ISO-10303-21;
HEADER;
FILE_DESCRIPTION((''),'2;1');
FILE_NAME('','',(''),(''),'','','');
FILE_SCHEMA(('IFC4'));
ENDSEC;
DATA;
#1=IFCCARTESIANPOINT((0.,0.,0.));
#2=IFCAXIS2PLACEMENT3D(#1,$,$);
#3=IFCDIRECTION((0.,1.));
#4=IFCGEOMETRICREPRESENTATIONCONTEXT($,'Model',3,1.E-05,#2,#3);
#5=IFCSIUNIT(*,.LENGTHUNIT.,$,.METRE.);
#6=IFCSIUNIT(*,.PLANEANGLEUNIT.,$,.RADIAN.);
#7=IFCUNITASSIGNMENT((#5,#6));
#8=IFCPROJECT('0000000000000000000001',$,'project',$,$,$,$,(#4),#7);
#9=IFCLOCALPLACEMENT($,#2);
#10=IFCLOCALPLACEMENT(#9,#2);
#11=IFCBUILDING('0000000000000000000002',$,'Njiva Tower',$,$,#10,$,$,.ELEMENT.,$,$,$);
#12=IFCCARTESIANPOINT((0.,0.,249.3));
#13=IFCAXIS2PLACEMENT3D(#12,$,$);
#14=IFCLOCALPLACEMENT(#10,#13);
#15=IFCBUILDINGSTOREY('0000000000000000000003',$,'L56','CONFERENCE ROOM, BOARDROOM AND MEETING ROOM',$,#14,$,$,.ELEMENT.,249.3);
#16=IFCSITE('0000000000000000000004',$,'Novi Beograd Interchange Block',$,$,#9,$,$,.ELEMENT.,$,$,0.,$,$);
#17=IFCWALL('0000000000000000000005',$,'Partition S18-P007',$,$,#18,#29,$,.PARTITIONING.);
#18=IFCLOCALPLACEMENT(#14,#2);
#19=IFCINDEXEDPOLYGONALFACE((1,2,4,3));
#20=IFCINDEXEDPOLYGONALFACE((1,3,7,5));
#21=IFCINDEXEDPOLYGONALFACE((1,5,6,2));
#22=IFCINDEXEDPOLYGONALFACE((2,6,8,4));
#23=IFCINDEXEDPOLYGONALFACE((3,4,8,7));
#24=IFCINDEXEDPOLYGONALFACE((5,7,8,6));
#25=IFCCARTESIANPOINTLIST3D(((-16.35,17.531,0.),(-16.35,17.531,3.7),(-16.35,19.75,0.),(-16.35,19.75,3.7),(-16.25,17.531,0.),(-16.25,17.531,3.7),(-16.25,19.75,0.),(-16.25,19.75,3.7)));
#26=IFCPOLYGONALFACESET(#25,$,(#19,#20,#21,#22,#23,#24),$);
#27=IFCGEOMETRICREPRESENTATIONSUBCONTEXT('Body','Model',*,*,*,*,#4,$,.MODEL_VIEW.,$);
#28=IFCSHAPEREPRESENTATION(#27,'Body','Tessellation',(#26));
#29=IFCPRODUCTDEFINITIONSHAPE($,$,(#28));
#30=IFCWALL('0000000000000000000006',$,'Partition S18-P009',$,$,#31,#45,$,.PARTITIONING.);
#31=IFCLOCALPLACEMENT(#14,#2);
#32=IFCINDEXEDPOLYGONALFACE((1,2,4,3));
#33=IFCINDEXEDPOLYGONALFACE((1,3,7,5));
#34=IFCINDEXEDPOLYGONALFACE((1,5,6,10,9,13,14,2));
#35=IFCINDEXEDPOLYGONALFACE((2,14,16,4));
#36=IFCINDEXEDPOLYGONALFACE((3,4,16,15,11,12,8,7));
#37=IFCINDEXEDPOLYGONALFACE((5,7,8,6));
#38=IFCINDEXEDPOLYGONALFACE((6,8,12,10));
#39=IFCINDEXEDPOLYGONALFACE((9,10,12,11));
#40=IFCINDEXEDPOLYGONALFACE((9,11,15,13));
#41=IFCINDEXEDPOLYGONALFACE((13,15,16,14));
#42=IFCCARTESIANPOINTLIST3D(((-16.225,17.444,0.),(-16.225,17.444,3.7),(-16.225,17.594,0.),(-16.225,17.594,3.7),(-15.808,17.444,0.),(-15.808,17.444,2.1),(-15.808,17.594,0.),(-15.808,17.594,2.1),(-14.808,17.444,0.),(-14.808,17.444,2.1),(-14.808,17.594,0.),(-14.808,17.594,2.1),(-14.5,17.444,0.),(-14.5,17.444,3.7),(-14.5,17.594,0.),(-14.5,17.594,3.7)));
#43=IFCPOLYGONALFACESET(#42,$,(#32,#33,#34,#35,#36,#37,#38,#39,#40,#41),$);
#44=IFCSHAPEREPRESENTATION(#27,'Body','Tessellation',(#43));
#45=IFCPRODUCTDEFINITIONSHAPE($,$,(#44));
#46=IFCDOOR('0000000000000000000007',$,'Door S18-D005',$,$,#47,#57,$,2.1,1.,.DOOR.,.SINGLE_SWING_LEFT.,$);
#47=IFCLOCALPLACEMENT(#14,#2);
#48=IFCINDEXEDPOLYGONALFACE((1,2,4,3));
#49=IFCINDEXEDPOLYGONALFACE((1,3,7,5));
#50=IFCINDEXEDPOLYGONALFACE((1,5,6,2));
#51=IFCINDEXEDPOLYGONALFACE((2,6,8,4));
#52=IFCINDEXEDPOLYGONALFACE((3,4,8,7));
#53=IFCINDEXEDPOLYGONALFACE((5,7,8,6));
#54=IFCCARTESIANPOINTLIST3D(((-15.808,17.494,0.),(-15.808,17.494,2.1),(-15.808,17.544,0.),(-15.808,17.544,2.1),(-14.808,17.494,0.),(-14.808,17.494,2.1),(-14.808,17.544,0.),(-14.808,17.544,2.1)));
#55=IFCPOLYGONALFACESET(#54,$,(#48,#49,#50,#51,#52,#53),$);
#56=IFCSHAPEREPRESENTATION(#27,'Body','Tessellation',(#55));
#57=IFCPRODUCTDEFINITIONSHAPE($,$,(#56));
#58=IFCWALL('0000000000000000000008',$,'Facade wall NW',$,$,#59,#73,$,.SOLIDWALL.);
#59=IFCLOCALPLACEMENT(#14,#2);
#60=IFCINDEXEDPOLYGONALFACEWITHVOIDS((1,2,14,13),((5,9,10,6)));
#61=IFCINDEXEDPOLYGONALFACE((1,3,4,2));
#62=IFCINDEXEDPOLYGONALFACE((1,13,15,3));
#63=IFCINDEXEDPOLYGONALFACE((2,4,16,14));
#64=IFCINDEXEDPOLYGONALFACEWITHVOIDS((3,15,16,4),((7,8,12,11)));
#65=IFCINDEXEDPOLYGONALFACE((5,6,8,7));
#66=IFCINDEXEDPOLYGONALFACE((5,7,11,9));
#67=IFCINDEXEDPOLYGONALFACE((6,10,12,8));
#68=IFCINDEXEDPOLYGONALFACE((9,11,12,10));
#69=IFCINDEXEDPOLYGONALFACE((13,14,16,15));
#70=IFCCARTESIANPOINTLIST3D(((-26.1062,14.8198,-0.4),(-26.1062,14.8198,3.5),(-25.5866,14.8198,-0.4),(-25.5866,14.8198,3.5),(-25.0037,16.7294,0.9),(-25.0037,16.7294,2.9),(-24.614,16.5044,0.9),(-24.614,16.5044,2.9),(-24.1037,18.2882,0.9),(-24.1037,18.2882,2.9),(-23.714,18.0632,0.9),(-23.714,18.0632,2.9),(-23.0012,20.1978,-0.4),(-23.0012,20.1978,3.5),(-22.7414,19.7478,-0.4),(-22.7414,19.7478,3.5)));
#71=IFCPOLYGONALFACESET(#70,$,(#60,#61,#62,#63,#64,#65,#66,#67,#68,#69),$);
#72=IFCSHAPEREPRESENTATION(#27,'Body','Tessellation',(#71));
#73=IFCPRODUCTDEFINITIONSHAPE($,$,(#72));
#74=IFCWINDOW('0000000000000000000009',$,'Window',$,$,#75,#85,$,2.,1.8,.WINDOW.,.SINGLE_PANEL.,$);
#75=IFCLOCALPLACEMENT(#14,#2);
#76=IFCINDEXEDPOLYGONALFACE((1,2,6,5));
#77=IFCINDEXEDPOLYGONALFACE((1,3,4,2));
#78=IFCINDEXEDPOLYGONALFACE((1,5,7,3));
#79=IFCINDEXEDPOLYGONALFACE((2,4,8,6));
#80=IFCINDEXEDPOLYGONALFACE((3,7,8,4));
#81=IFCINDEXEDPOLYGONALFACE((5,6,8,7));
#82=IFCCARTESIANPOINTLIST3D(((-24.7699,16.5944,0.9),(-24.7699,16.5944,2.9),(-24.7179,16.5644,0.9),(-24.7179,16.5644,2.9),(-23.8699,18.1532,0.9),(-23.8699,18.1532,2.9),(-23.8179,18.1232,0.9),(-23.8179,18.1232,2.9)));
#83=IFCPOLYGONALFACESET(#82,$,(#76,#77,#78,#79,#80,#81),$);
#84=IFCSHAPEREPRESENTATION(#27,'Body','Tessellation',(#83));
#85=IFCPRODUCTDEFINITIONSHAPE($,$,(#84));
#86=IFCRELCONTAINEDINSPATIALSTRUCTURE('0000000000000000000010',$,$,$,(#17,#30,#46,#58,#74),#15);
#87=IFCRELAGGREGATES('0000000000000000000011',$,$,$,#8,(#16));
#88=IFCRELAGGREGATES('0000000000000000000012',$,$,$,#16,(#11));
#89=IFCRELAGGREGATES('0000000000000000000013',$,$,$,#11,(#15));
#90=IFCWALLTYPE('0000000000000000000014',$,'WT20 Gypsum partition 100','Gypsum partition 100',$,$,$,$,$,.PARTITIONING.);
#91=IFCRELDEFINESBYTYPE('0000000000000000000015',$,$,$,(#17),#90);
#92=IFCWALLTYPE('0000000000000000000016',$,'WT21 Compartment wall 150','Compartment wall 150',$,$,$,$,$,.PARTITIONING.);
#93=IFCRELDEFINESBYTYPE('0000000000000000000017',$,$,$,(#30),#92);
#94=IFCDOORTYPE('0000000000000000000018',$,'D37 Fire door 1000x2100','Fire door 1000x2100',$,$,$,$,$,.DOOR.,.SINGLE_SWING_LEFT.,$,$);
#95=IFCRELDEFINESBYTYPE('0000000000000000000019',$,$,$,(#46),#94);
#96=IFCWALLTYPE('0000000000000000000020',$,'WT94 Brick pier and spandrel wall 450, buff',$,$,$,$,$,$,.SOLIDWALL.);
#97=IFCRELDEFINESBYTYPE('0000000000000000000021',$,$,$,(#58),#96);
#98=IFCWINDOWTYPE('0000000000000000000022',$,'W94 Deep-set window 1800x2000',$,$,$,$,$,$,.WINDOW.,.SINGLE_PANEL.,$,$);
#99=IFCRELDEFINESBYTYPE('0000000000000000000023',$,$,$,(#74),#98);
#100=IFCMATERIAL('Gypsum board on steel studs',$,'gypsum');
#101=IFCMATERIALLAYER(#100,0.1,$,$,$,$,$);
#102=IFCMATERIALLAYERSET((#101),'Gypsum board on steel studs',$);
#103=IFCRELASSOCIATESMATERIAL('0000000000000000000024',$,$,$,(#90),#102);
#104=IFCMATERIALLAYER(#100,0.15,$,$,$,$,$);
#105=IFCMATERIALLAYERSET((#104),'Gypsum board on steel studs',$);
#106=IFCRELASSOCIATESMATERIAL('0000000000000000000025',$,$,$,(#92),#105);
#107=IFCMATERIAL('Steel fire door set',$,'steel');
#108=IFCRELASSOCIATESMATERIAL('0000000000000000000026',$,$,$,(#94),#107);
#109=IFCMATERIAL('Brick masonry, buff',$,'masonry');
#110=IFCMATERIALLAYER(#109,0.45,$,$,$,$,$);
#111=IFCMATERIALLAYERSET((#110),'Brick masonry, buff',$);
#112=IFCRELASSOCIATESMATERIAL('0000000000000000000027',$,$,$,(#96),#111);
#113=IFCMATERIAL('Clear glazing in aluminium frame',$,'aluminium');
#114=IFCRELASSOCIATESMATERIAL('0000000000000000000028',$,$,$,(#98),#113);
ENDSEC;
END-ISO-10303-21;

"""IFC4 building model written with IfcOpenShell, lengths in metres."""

from ifc_helpers import new_model, si_unit, direction, frame, frame_2d, origin, place, context, subcontext, project, spatial, polyline, rectangle, outline, extrude, material, layer, layer_set, type_object, element, fill, save


model = new_model("IFC4")

# Units and contexts
model_context = context("Model", 3, precision=1e-05, world=origin(), true_north=direction((0.0, 1.0)))
body_context = subcontext(model_context, "Body", "Model", "MODEL_VIEW")
ifc_project = project(units=[si_unit("LENGTHUNIT", "METRE"), si_unit("PLANEANGLEUNIT", "RADIAN")], contexts=[model_context])

# Site, building, storey
site_placement = place(None, origin())
site = spatial("IfcSite", under=ifc_project, at=site_placement, Name="Novi Beograd Interchange Block", CompositionType="ELEMENT", RefElevation=0.0)
building_placement = place(site_placement, origin())
building = spatial("IfcBuilding", under=site, at=building_placement, Name="Njiva Tower", CompositionType="ELEMENT")
storey_placement = place(building_placement, frame((0.0, 0.0, 249.3)))
storey = spatial("IfcBuildingStorey", under=building, at=storey_placement, Name="L56", Description="CONFERENCE ROOM, BOARDROOM AND MEETING ROOM", CompositionType="ELEMENT", Elevation=249.3)

# Wall
ifc_material_1 = material(Name="Gypsum board on steel studs", Category="gypsum")
ifc_layer_1 = layer(ifc_material_1, 0.1)
ifc_layer_set_1 = layer_set([ifc_layer_1], Name="Gypsum board on steel studs")
wall_type_1 = type_object("IfcWallType", Name="WT20 Gypsum partition 100", Description="Gypsum partition 100", PredefinedType="PARTITIONING", material=ifc_layer_set_1)
wall_1_placement = place(storey_placement, frame((-16.3, 17.531, 0.0), z_axis=(0.0, 0.0, 1.0), x_axis=(0.0, 1.0, 0.0)))
element("IfcWall", 1, at=wall_1_placement, inside=storey, type_object=wall_type_1, Name="Partition S18-P007", PredefinedType="PARTITIONING", context=body_context, shape_type="SweptSolid", body=[
    extrude(rectangle(XDim=2.219, YDim=0.1, at=frame_2d((1.1095, 0.0))), origin(), (0.0, 0.0, 1.0), 3.7),
])

# Wall, opening, door
ifc_layer_2 = layer(ifc_material_1, 0.15)
ifc_layer_set_2 = layer_set([ifc_layer_2], Name="Gypsum board on steel studs")
wall_type_2 = type_object("IfcWallType", Name="WT21 Compartment wall 150", Description="Compartment wall 150", PredefinedType="PARTITIONING", material=ifc_layer_set_2)
wall_2_placement = place(storey_placement, frame((-16.225, 17.519, 0.0), z_axis=(0.0, 0.0, 1.0), x_axis=(1.0, 0.0, 0.0)))
wall_2 = element("IfcWall", 2, at=wall_2_placement, inside=storey, type_object=wall_type_2, Name="Partition S18-P009", PredefinedType="PARTITIONING", context=body_context, shape_type="SweptSolid", body=[
    extrude(rectangle(XDim=1.725, YDim=0.15, at=frame_2d((0.8625, 0.0))), origin(), (0.0, 0.0, 1.0), 3.7),
])
opening_1_placement = place(wall_2_placement, frame((0.417, 0.0, 0.0)))
opening_1 = element("IfcOpeningElement", 3, at=opening_1_placement, cuts=wall_2, PredefinedType="OPENING", context=body_context, shape_type="SweptSolid", body=[
    extrude(rectangle(XDim=1.0, YDim=2.1, at=frame_2d((0.5, 1.05))), frame((0.0, 0.085, 0.0), z_axis=(0.0, -1.0, 0.0), x_axis=(1.0, 0.0, 0.0)), (0.0, 0.0, 1.0), 0.17),
])
ifc_material_2 = material(Name="Steel fire door set", Category="steel")
door_type = type_object("IfcDoorType", Name="D37 Fire door 1000x2100", Description="Fire door 1000x2100", OperationType="SINGLE_SWING_LEFT", PredefinedType="DOOR", material=ifc_material_2)
door_placement = place(opening_1_placement, origin())
door = element("IfcDoor", 4, at=door_placement, inside=storey, type_object=door_type, Name="Door S18-D005", OperationType="SINGLE_SWING_LEFT", OverallHeight=2.1, OverallWidth=1.0, PredefinedType="DOOR", context=body_context, shape_type="SweptSolid", body=[
    extrude(rectangle(XDim=1.0, YDim=2.1, at=frame_2d((0.5, 1.05))), frame((0.0, 0.025, 0.0), z_axis=(0.0, -1.0, 0.0), x_axis=(1.0, 0.0, 0.0)), (0.0, 0.0, 1.0), 0.05),
])
fill(opening_1, door)

# Shared definitions
ifc_material_3 = material(Name="Clear glazing in aluminium frame", Category="aluminium")

# Wall, opening, window
ifc_material_4 = material(Name="Brick masonry, buff", Category="masonry")
ifc_layer_3 = layer(ifc_material_4, 0.45)
ifc_layer_set_3 = layer_set([ifc_layer_3], Name="Brick masonry, buff")
wall_type_3 = type_object("IfcWallType", Name="WT94 Brick pier and spandrel wall 450, buff", PredefinedType="SOLIDWALL", material=ifc_layer_set_3)
wall_3_placement = place(storey_placement, frame((-22.8713, 19.9728, -0.4), z_axis=(0.0, 0.0, 1.0), x_axis=(-0.500002, -0.866024, 0.0)))
wall_3 = element("IfcWall", 5, at=wall_3_placement, inside=storey, type_object=wall_type_3, Name="Facade wall NW", PredefinedType="SOLIDWALL", context=body_context, shape_type="SweptSolid", body=[
    extrude(outline(polyline([(-0.1299, -0.225), (6.0801, -0.225), (5.8203, 0.225), (0.1299, 0.225), (-0.1299, -0.225)])), origin(), (0.0, 0.0, 1.0), 3.9),
])
opening_2_placement = place(wall_3_placement, frame((2.0751, 0.0, 1.3)))
opening_2 = element("IfcOpeningElement", 6, at=opening_2_placement, cuts=wall_3, PredefinedType="OPENING", context=body_context, shape_type="SweptSolid", body=[
    extrude(rectangle(XDim=1.8, YDim=2.0, at=frame_2d((0.9, 1.0))), frame((0.0, 0.235, 0.0), z_axis=(0.0, -1.0, 0.0), x_axis=(1.0, 0.0, 0.0)), (0.0, 0.0, 1.0), 0.47),
])
window_type_1 = type_object("IfcWindowType", Name="W94 Deep-set window 1800x2000", PartitioningType="SINGLE_PANEL", PredefinedType="WINDOW", material=ifc_material_3)
window_1_placement = place(opening_2_placement, origin())
window_1 = element("IfcWindow", 7, at=window_1_placement, inside=storey, type_object=window_type_1, Name="Window", OverallHeight=2.0, OverallWidth=1.8, PartitioningType="SINGLE_PANEL", PredefinedType="WINDOW", context=body_context, shape_type="SweptSolid", body=[
    extrude(rectangle(XDim=1.8, YDim=2.0, at=frame_2d((0.9, 1.0))), frame((0.0, 0.105, 0.0), z_axis=(0.0, -1.0, 0.0), x_axis=(1.0, 0.0, 0.0)), (0.0, 0.0, 1.0), 0.06),
])
fill(opening_2, window_1)

save(model, "model.ifc")
